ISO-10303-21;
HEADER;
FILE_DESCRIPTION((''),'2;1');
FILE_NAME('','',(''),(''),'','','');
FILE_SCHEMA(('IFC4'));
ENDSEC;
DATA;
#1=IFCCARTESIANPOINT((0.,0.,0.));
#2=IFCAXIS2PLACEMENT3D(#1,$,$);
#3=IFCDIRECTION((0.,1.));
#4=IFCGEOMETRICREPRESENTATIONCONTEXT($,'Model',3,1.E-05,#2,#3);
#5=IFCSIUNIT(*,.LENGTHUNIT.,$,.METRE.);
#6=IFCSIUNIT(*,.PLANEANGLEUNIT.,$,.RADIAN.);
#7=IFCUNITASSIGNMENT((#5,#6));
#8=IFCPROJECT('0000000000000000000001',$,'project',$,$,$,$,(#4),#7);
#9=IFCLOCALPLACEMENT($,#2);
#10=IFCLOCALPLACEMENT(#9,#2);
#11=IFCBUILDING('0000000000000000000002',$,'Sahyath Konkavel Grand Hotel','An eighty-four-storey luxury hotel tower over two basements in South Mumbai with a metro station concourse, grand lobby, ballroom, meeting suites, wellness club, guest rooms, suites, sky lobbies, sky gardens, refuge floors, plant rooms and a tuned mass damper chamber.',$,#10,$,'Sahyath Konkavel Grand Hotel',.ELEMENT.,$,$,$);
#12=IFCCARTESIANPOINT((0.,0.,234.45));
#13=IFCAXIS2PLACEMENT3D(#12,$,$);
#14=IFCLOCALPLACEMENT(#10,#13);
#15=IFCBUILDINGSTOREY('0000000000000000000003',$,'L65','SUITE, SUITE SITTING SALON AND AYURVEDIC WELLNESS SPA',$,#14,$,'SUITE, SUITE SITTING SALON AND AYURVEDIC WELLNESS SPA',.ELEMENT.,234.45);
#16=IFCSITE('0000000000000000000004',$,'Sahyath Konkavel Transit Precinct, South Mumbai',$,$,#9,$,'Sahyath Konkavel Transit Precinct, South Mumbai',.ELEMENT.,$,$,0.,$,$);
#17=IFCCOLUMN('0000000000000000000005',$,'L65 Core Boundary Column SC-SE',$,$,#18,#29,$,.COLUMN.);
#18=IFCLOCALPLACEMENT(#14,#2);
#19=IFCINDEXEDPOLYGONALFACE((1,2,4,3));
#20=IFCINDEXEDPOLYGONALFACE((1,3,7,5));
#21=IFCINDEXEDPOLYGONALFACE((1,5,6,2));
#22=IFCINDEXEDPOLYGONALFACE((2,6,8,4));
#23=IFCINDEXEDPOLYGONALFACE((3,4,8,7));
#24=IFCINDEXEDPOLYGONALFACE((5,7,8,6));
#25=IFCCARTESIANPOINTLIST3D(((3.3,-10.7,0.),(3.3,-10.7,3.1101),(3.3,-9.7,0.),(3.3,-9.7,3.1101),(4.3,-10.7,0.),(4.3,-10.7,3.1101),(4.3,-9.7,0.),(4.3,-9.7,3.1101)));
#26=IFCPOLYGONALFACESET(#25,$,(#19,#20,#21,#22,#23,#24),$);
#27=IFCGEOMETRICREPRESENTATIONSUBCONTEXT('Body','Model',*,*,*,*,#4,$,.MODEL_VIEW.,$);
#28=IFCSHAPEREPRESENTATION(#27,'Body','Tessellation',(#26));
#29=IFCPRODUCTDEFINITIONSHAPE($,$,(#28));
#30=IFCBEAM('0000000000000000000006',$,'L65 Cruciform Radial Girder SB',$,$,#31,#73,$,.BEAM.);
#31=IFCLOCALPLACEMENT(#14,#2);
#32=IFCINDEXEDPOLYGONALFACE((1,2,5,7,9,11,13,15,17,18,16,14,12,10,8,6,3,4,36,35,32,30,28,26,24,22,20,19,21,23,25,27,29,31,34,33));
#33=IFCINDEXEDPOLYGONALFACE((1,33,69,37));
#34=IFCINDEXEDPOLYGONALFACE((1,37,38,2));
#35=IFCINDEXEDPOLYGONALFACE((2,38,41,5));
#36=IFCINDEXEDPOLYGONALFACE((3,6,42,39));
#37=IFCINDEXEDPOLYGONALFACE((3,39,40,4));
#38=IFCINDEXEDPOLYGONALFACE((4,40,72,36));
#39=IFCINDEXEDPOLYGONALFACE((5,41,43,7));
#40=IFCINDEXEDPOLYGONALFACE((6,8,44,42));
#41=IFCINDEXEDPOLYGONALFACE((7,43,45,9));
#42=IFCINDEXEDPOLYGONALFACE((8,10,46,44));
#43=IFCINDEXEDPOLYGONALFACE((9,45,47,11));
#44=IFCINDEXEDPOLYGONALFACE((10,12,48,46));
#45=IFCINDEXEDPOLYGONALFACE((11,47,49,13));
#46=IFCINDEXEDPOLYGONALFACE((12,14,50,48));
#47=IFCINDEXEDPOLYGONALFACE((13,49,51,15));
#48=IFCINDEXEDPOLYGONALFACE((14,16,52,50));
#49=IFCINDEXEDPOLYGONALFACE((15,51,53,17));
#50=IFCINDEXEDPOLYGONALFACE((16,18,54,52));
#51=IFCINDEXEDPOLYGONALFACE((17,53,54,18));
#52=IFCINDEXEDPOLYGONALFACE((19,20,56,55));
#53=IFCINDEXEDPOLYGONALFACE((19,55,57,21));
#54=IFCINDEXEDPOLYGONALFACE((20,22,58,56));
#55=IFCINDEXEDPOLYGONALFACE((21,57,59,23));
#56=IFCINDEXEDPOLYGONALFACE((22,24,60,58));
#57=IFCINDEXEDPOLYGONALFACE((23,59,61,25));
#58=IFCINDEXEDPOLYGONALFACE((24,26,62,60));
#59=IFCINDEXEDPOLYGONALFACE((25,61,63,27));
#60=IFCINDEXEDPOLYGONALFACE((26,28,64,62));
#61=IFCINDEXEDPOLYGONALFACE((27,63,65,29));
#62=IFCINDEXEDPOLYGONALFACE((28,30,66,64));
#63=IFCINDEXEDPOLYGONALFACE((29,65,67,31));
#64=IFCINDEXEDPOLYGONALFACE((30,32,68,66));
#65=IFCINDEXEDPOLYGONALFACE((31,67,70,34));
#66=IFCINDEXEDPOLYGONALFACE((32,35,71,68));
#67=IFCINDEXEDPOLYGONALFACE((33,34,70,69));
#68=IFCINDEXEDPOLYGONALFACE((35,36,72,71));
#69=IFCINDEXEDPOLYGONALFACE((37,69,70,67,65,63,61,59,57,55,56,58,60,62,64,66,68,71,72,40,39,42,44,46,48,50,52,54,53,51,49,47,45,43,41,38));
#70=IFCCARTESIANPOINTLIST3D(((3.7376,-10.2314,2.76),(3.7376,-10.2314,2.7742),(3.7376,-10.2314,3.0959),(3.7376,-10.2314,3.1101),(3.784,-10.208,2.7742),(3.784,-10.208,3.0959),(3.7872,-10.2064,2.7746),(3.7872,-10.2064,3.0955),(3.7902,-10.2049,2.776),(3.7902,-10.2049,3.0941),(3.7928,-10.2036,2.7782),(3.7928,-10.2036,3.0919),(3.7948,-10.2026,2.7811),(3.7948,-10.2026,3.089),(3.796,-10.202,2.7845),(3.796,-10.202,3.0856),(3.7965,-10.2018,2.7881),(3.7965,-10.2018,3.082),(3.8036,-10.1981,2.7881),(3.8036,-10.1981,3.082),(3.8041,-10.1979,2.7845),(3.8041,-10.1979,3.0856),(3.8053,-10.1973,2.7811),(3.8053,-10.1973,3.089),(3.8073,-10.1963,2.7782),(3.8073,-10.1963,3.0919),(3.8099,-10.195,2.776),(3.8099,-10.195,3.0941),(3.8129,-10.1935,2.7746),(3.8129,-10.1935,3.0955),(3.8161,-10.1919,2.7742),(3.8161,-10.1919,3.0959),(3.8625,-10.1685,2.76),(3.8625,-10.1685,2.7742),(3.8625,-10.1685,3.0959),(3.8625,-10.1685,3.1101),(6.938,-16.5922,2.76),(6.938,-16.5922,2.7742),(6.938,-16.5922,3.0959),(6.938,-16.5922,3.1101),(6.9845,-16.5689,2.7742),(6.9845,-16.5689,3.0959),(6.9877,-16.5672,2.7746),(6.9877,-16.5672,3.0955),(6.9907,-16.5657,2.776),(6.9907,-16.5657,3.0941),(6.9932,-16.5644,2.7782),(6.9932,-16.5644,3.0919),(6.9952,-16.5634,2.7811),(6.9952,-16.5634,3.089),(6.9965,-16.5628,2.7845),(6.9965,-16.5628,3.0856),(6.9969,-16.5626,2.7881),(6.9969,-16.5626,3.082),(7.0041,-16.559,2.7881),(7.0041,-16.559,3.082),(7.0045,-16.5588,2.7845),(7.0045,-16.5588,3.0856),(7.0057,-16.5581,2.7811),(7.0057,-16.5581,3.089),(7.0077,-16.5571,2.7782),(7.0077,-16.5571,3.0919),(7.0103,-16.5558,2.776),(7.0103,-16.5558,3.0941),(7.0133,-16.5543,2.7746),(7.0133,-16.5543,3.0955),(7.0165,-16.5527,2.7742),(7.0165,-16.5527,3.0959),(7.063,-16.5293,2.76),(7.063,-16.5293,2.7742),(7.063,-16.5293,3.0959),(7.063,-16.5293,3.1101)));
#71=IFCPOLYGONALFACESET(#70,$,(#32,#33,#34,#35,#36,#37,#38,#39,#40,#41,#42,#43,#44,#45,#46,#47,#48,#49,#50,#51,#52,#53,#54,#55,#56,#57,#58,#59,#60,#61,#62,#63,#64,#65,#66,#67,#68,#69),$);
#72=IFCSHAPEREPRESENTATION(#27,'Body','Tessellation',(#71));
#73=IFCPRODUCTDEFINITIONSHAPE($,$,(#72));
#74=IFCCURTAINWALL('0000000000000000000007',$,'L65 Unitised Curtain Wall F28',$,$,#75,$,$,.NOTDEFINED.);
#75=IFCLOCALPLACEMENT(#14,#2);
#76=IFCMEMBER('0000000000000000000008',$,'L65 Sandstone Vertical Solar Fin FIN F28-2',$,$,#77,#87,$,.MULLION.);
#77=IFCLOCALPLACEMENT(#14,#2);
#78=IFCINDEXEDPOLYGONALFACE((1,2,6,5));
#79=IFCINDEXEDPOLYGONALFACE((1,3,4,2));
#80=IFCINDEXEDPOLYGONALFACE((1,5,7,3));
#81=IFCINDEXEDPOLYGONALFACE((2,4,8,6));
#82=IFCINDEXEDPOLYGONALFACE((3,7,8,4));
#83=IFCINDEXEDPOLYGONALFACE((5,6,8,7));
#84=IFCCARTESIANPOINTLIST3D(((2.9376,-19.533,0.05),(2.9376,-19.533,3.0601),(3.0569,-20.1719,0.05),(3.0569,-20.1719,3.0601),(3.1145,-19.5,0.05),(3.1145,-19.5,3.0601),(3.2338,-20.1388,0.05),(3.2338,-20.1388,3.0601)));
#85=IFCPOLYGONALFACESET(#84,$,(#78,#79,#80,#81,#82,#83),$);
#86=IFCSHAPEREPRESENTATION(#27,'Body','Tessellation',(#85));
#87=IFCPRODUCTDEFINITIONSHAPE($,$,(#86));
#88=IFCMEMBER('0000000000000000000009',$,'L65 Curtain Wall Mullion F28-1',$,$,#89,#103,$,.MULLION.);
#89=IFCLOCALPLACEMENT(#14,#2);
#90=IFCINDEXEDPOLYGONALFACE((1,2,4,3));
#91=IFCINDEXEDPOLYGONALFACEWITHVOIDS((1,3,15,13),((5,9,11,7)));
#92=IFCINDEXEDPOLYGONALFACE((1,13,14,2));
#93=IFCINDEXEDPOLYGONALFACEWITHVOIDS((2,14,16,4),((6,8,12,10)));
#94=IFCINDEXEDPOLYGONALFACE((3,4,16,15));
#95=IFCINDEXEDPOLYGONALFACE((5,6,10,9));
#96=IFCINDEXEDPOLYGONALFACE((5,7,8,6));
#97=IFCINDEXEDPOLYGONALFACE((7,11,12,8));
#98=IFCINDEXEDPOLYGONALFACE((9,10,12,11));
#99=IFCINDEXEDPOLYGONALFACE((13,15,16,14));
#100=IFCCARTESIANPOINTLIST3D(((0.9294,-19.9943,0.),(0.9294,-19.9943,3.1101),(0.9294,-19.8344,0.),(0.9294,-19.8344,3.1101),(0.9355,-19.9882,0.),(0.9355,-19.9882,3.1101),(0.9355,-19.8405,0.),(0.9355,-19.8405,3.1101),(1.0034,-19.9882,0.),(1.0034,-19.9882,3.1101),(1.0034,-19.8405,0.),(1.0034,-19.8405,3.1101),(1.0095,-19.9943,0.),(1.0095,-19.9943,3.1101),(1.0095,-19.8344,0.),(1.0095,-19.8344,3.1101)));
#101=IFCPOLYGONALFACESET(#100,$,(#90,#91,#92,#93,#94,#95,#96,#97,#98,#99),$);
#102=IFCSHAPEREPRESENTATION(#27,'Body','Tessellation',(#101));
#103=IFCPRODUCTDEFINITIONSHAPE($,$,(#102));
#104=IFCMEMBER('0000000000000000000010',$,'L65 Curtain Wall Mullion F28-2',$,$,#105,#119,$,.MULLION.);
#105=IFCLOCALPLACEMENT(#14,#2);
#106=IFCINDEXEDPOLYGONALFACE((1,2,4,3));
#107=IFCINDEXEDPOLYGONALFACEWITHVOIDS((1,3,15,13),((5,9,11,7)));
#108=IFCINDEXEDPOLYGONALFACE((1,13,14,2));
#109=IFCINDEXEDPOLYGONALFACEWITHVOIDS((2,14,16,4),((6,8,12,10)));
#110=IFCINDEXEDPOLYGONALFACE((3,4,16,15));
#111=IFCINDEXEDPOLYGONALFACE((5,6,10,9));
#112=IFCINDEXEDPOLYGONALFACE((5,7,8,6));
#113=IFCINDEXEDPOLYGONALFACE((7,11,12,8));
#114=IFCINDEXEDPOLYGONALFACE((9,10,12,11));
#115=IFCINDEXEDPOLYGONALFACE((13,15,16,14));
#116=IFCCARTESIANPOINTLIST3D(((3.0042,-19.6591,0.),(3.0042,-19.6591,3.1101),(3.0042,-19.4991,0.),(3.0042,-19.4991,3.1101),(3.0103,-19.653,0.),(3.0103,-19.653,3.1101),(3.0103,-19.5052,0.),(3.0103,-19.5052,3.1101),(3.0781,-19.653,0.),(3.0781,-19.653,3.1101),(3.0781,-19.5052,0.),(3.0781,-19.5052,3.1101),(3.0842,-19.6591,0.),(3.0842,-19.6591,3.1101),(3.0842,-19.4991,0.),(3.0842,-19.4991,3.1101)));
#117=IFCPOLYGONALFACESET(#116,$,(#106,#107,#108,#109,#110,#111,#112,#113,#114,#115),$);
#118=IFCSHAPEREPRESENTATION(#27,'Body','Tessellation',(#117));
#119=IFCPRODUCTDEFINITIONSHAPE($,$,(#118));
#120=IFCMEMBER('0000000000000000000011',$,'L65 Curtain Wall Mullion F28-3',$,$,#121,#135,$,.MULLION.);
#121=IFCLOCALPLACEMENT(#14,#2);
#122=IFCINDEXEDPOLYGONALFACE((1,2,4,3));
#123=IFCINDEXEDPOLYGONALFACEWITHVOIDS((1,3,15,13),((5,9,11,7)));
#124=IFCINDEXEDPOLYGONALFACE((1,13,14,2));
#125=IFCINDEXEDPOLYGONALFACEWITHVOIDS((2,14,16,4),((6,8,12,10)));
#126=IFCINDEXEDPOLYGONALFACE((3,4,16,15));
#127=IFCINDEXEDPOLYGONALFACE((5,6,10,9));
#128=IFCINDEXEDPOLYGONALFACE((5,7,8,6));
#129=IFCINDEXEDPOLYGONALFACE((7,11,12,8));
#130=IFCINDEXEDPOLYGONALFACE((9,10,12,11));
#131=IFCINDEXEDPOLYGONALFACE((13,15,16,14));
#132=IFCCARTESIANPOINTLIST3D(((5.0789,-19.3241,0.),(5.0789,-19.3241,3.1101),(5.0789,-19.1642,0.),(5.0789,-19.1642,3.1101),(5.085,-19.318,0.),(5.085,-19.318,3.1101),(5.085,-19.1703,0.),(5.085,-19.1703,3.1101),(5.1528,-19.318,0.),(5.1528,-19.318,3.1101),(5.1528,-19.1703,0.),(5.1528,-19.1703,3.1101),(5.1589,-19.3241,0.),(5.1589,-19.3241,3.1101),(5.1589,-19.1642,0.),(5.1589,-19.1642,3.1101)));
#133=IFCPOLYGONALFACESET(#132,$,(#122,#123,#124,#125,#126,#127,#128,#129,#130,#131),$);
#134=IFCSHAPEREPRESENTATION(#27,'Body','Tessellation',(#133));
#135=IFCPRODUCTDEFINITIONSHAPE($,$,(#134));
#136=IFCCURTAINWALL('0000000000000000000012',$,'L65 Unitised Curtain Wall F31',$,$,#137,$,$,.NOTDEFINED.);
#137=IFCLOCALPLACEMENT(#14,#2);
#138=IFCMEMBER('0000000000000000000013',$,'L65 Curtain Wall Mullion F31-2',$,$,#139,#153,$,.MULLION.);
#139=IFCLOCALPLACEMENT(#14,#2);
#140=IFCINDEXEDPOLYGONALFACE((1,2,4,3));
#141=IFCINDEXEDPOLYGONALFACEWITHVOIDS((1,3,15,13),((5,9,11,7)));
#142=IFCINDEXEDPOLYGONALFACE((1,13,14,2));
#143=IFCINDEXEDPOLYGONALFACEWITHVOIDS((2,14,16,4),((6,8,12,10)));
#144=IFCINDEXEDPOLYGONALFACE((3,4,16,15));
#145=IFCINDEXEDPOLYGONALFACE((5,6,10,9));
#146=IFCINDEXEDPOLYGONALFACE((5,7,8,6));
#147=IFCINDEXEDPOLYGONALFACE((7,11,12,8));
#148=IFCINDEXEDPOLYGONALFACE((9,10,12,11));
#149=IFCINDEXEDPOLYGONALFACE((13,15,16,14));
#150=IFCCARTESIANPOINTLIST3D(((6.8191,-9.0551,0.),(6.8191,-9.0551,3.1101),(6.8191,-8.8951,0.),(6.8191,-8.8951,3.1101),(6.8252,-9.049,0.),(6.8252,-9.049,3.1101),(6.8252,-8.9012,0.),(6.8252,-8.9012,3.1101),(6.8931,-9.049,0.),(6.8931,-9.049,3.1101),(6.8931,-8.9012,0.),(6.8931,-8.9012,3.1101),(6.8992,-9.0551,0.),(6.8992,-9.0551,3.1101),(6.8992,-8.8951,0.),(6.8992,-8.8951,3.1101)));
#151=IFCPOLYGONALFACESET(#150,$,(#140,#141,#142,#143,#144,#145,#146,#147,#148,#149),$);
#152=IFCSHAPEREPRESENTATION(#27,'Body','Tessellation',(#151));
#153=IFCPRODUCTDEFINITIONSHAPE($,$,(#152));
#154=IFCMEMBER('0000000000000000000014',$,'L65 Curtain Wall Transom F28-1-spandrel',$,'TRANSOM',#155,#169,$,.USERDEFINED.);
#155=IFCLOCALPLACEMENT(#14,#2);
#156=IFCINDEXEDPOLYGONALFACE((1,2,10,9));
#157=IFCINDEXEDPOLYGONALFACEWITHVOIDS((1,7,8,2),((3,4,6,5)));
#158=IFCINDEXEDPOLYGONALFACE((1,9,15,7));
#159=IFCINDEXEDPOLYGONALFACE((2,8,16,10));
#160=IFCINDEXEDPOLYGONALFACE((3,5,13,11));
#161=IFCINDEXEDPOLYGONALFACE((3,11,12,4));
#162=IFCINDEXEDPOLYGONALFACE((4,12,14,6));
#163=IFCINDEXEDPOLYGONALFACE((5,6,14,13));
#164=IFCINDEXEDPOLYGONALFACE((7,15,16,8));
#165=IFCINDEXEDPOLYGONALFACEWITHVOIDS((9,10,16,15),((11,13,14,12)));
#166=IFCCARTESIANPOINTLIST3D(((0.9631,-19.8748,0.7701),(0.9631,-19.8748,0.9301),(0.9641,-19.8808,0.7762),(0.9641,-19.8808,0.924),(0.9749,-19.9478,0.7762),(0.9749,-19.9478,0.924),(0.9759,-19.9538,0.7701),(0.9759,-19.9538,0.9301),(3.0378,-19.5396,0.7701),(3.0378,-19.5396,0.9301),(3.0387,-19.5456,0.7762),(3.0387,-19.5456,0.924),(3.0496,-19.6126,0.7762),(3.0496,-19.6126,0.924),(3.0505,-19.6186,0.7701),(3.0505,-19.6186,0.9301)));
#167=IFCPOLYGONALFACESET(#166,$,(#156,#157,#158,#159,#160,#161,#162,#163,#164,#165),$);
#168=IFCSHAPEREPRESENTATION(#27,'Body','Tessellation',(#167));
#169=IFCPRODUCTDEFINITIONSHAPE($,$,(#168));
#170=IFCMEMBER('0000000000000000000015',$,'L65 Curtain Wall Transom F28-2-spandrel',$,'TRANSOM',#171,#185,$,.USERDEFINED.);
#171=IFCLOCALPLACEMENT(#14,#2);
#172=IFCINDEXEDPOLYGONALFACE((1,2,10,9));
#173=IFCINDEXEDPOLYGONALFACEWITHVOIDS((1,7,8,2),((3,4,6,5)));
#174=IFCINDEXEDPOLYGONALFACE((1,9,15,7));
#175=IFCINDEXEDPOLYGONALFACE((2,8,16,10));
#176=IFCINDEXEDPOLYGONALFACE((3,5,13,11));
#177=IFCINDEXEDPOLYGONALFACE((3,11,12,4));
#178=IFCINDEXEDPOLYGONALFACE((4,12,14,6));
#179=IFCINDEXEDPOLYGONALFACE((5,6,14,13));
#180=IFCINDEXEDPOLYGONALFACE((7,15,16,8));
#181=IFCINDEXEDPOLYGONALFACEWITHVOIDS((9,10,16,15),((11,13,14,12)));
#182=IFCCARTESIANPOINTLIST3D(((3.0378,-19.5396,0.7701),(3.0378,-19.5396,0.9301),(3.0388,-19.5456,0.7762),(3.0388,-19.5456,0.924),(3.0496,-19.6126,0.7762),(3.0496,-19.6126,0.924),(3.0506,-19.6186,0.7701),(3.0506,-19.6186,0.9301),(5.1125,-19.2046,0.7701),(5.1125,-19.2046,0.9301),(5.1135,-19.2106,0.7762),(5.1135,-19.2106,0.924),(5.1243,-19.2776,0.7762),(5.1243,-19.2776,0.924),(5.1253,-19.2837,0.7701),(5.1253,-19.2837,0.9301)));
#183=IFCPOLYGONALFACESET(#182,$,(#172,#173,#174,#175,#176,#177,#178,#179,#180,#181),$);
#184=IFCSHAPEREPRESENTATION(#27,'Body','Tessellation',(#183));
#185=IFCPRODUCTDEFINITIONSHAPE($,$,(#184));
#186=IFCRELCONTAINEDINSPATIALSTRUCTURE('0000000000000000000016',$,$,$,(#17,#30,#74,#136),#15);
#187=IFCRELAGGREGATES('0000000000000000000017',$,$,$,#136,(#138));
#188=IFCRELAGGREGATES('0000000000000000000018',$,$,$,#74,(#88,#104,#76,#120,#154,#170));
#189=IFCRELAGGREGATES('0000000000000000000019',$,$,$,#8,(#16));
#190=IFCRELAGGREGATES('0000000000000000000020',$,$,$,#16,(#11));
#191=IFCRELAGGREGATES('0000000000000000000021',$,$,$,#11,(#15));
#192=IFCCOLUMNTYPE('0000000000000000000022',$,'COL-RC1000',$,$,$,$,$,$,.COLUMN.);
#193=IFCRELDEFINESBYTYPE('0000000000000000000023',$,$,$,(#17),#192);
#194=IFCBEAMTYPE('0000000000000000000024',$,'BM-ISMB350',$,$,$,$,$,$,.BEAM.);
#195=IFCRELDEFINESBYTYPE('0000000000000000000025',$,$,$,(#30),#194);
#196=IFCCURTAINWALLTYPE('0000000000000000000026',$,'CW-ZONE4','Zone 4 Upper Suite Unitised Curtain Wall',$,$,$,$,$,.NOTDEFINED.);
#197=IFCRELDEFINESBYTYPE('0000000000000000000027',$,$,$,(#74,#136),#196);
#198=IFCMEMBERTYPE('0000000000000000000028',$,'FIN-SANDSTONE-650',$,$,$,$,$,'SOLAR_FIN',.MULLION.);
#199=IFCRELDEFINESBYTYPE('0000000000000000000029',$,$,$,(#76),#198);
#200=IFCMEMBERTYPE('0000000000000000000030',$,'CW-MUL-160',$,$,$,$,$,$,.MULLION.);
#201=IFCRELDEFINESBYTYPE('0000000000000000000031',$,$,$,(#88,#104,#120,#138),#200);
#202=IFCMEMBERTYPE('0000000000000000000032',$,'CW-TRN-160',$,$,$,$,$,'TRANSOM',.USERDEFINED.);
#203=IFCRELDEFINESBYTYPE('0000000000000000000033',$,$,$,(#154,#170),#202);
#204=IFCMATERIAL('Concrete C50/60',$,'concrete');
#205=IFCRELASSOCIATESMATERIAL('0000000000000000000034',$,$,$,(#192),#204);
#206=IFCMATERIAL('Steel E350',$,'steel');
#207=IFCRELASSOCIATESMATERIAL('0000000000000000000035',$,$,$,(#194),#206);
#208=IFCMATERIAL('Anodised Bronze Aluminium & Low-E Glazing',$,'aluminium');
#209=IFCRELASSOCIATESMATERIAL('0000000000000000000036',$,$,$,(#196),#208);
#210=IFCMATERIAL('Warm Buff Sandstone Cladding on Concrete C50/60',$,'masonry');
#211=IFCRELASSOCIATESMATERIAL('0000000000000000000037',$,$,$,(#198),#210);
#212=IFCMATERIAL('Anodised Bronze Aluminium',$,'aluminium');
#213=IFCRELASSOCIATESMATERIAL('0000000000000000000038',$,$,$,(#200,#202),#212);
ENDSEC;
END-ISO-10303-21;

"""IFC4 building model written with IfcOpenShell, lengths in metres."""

from ifc_helpers import new_model, si_unit, direction, frame, origin, origin_2d, place, context, subcontext, project, spatial, rectangle, hollow_rectangle, i_section, extrude, source, transform, mapped, material, material_profile, profile_set, type_object, element, aggregate, save


model = new_model("IFC4")

# Units and contexts
model_context = context("Model", 3, precision=1e-05, world=origin(), true_north=direction((0.0, 1.0)))
body_context = subcontext(model_context, "Body", "Model", "MODEL_VIEW")
ifc_project = project(units=[si_unit("LENGTHUNIT", "METRE"), si_unit("PLANEANGLEUNIT", "RADIAN")], contexts=[model_context])

# Site, building, storey
site_placement = place(None, origin())
site = spatial("IfcSite", under=ifc_project, at=site_placement, Name="Sahyath Konkavel Transit Precinct, South Mumbai", LongName="Sahyath Konkavel Transit Precinct, South Mumbai", CompositionType="ELEMENT", RefElevation=0.0)
building_placement = place(site_placement, origin())
building = spatial("IfcBuilding", under=site, at=building_placement, Name="Sahyath Konkavel Grand Hotel", Description="An eighty-four-storey luxury hotel tower over two basements in South Mumbai with a metro station concourse, grand lobby, ballroom, meeting suites, wellness club, guest rooms, suites, sky lobbies, sky gardens, refuge floors, plant rooms and a tuned mass damper chamber.", LongName="Sahyath Konkavel Grand Hotel", CompositionType="ELEMENT")
storey_placement = place(building_placement, frame((0.0, 0.0, 234.45)))
storey = spatial("IfcBuildingStorey", under=building, at=storey_placement, Name="L65", Description="SUITE, SUITE SITTING SALON AND AYURVEDIC WELLNESS SPA", LongName="SUITE, SUITE SITTING SALON AND AYURVEDIC WELLNESS SPA", CompositionType="ELEMENT", Elevation=234.45)

# Column
ifc_material_1 = material(Name="Concrete C50/60", Category="concrete")
ifc_material_profile_1 = material_profile(ifc_material_1, rectangle(XDim=1.0, YDim=1.0, at=origin_2d()), Name="RC 1000x1000")
ifc_profile_set_1 = profile_set([ifc_material_profile_1], Name="Concrete C50/60")
column_type = type_object("IfcColumnType", Name="COL-RC1000", PredefinedType="COLUMN", material=ifc_profile_set_1)
shared_shape_1 = source(origin(), body_context, "Body", "SweptSolid", [
    extrude(rectangle(XDim=1.0, YDim=1.0, at=origin_2d()), origin(), (0.0, 0.0, 1.0), 3.1101),
])
column_placement = place(storey_placement, frame((3.8, -10.2, 0.0), z_axis=(0.0, 0.0, 1.0), x_axis=(1.0, 0.0, 0.0)))
element("IfcColumn", 1, at=column_placement, inside=storey, type_object=column_type, Name="L65 Core Boundary Column SC-SE", PredefinedType="COLUMN", context=body_context, shape_type="MappedRepresentation", body=[
    mapped(shared_shape_1, transform((0.0, 0.0, 0.0), scale=1.0)),
])

# Beam
ifc_material_2 = material(Name="Steel E350", Category="steel")
ifc_material_profile_2 = material_profile(ifc_material_2, i_section(OverallWidth=0.1399, OverallDepth=0.3501, WebThickness=0.0081, FlangeThickness=0.0142, FilletRadius=0.0139, at=origin_2d()), Name="ISMB 350")
ifc_profile_set_2 = profile_set([ifc_material_profile_2], Name="Steel E350")
beam_type_1 = type_object("IfcBeamType", Name="BM-ISMB350", PredefinedType="BEAM", material=ifc_profile_set_2)
shared_shape_2 = source(origin(), body_context, "Body", "SweptSolid", [
    extrude(i_section(OverallWidth=0.1399, OverallDepth=0.3501, WebThickness=0.0081, FlangeThickness=0.0142, FilletRadius=0.0139, at=origin_2d()), origin(), (0.0, 0.0, 1.0), 7.1206),
])
beam_1_placement = place(storey_placement, frame((3.8, -10.2, 2.9351), z_axis=(0.449461, -0.8933, 0.0), x_axis=(0.8933, 0.449461, 0.0)))
element("IfcBeam", 2, at=beam_1_placement, inside=storey, type_object=beam_type_1, Name="L65 Cruciform Radial Girder SB", PredefinedType="BEAM", context=body_context, shape_type="MappedRepresentation", body=[
    mapped(shared_shape_2, transform((0.0, 0.0, 0.0), scale=1.0)),
])

# Curtain wall, members
ifc_material_3 = material(Name="Anodised Bronze Aluminium & Low-E Glazing", Category="aluminium")
curtain_wall_type = type_object("IfcCurtainWallType", Name="CW-ZONE4", Description="Zone 4 Upper Suite Unitised Curtain Wall", PredefinedType="NOTDEFINED", material=ifc_material_3)
curtain_wall_1_placement = place(storey_placement, origin())
curtain_wall_1 = element("IfcCurtainWall", 3, at=curtain_wall_1_placement, inside=storey, type_object=curtain_wall_type, Name="L65 Unitised Curtain Wall F28", PredefinedType="NOTDEFINED")
ifc_material_4 = material(Name="Warm Buff Sandstone Cladding on Concrete C50/60", Category="masonry")
ifc_material_profile_3 = material_profile(ifc_material_4, rectangle(XDim=0.1799, YDim=0.6499, at=origin_2d()), Name="FIN 180x650")
ifc_profile_set_3 = profile_set([ifc_material_profile_3], Name="Warm Buff Sandstone Cladding on Concrete C50/60")
member_type_1 = type_object("IfcMemberType", Name="FIN-SANDSTONE-650", ElementType="SOLAR_FIN", PredefinedType="MULLION", material=ifc_profile_set_3)
shared_shape_3 = source(origin(), body_context, "Body", "SweptSolid", [
    extrude(rectangle(XDim=0.1799, YDim=0.6499, at=origin_2d()), origin(), (0.0, 0.0, 1.0), 3.01),
])
member_1_placement = place(storey_placement, frame((3.0857, -19.8359, 0.05), z_axis=(0.0, 0.0, 1.0), x_axis=(0.983, 0.183608, 0.0)))
member_1 = element("IfcMember", 4, at=member_1_placement, type_object=member_type_1, Name="L65 Sandstone Vertical Solar Fin FIN F28-2", PredefinedType="MULLION", context=body_context, shape_type="MappedRepresentation", body=[
    mapped(shared_shape_3, transform((0.0, 0.0, 0.0), scale=1.0)),
])
ifc_material_5 = material(Name="Anodised Bronze Aluminium", Category="aluminium")
ifc_material_profile_4 = material_profile(ifc_material_5, hollow_rectangle(XDim=0.0801, YDim=0.1599, WallThickness=0.0061, at=origin_2d()), Name="RHS 160x80x6")
ifc_profile_set_4 = profile_set([ifc_material_profile_4], Name="Anodised Bronze Aluminium")
member_type_2 = type_object("IfcMemberType", Name="CW-MUL-160", PredefinedType="MULLION", material=ifc_profile_set_4)
shared_shape_4 = source(origin(), body_context, "Body", "SweptSolid", [
    extrude(hollow_rectangle(XDim=0.0801, YDim=0.1599, WallThickness=0.0061, at=origin_2d()), origin(), (0.0, 0.0, 1.0), 3.1101),
])
member_2_placement = place(storey_placement, frame((0.9695, -19.9143, 0.0), z_axis=(0.0, 0.0, 1.0), x_axis=(1.0, 0.0, 0.0)))
member_2 = element("IfcMember", 5, at=member_2_placement, type_object=member_type_2, Name="L65 Curtain Wall Mullion F28-1", PredefinedType="MULLION", context=body_context, shape_type="MappedRepresentation", body=[
    mapped(shared_shape_4, transform((0.0, 0.0, 0.0), scale=1.0)),
])
member_3_placement = place(storey_placement, frame((3.0442, -19.5791, 0.0), z_axis=(0.0, 0.0, 1.0), x_axis=(1.0, 0.0, 0.0)))
member_3 = element("IfcMember", 6, at=member_3_placement, type_object=member_type_2, Name="L65 Curtain Wall Mullion F28-2", PredefinedType="MULLION", context=body_context, shape_type="MappedRepresentation", body=[
    mapped(shared_shape_4, transform((0.0, 0.0, 0.0), scale=1.0)),
])
member_4_placement = place(storey_placement, frame((5.1189, -19.2441, 0.0), z_axis=(0.0, 0.0, 1.0), x_axis=(1.0, 0.0, 0.0)))
member_4 = element("IfcMember", 7, at=member_4_placement, type_object=member_type_2, Name="L65 Curtain Wall Mullion F28-3", PredefinedType="MULLION", context=body_context, shape_type="MappedRepresentation", body=[
    mapped(shared_shape_4, transform((0.0, 0.0, 0.0), scale=1.0)),
])

# Curtain wall, member
curtain_wall_2_placement = place(storey_placement, origin())
curtain_wall_2 = element("IfcCurtainWall", 8, at=curtain_wall_2_placement, inside=storey, type_object=curtain_wall_type, Name="L65 Unitised Curtain Wall F31", PredefinedType="NOTDEFINED")
member_5_placement = place(storey_placement, frame((6.8591, -8.9751, 0.0), z_axis=(0.0, 0.0, 1.0), x_axis=(1.0, 0.0, 0.0)))
member_5 = element("IfcMember", 9, at=member_5_placement, type_object=member_type_2, Name="L65 Curtain Wall Mullion F31-2", PredefinedType="MULLION", context=body_context, shape_type="MappedRepresentation", body=[
    mapped(shared_shape_4, transform((0.0, 0.0, 0.0), scale=1.0)),
])
aggregate(curtain_wall_2, [member_5])

# Members
ifc_material_profile_5 = material_profile(ifc_material_5, hollow_rectangle(XDim=0.0801, YDim=0.1599, WallThickness=0.0061, at=origin_2d()), Name="RHS 160x80x6")
ifc_profile_set_5 = profile_set([ifc_material_profile_5], Name="Anodised Bronze Aluminium")
member_type_3 = type_object("IfcMemberType", Name="CW-TRN-160", ElementType="TRANSOM", PredefinedType="USERDEFINED", material=ifc_profile_set_5)
shared_shape_5 = source(origin(), body_context, "Body", "SweptSolid", [
    extrude(hollow_rectangle(XDim=0.0801, YDim=0.1599, WallThickness=0.0061, at=origin_2d()), origin(), (0.0, 0.0, 1.0), 2.1016),
])
member_6_placement = place(storey_placement, frame((0.9695, -19.9143, 0.8501), z_axis=(0.987198, 0.159499, 0.0), x_axis=(-0.159499, 0.987198, 0.0)))
member_6 = element("IfcMember", 10, at=member_6_placement, type_object=member_type_3, Name="L65 Curtain Wall Transom F28-1-spandrel", ObjectType="TRANSOM", PredefinedType="USERDEFINED", context=body_context, shape_type="MappedRepresentation", body=[
    mapped(shared_shape_5, transform((0.0, 0.0, 0.0), scale=1.0)),
])
member_7_placement = place(storey_placement, frame((3.0442, -19.5791, 0.8501), z_axis=(0.987216, 0.159386, 0.0), x_axis=(-0.159386, 0.987216, 0.0)))
member_7 = element("IfcMember", 11, at=member_7_placement, type_object=member_type_3, Name="L65 Curtain Wall Transom F28-2-spandrel", ObjectType="TRANSOM", PredefinedType="USERDEFINED", context=body_context, shape_type="MappedRepresentation", body=[
    mapped(shared_shape_5, transform((0.0, 0.0, 0.0), scale=1.0)),
])

aggregate(curtain_wall_1, [member_2, member_3, member_1, member_4, member_6, member_7])

save(model, "model.ifc")
